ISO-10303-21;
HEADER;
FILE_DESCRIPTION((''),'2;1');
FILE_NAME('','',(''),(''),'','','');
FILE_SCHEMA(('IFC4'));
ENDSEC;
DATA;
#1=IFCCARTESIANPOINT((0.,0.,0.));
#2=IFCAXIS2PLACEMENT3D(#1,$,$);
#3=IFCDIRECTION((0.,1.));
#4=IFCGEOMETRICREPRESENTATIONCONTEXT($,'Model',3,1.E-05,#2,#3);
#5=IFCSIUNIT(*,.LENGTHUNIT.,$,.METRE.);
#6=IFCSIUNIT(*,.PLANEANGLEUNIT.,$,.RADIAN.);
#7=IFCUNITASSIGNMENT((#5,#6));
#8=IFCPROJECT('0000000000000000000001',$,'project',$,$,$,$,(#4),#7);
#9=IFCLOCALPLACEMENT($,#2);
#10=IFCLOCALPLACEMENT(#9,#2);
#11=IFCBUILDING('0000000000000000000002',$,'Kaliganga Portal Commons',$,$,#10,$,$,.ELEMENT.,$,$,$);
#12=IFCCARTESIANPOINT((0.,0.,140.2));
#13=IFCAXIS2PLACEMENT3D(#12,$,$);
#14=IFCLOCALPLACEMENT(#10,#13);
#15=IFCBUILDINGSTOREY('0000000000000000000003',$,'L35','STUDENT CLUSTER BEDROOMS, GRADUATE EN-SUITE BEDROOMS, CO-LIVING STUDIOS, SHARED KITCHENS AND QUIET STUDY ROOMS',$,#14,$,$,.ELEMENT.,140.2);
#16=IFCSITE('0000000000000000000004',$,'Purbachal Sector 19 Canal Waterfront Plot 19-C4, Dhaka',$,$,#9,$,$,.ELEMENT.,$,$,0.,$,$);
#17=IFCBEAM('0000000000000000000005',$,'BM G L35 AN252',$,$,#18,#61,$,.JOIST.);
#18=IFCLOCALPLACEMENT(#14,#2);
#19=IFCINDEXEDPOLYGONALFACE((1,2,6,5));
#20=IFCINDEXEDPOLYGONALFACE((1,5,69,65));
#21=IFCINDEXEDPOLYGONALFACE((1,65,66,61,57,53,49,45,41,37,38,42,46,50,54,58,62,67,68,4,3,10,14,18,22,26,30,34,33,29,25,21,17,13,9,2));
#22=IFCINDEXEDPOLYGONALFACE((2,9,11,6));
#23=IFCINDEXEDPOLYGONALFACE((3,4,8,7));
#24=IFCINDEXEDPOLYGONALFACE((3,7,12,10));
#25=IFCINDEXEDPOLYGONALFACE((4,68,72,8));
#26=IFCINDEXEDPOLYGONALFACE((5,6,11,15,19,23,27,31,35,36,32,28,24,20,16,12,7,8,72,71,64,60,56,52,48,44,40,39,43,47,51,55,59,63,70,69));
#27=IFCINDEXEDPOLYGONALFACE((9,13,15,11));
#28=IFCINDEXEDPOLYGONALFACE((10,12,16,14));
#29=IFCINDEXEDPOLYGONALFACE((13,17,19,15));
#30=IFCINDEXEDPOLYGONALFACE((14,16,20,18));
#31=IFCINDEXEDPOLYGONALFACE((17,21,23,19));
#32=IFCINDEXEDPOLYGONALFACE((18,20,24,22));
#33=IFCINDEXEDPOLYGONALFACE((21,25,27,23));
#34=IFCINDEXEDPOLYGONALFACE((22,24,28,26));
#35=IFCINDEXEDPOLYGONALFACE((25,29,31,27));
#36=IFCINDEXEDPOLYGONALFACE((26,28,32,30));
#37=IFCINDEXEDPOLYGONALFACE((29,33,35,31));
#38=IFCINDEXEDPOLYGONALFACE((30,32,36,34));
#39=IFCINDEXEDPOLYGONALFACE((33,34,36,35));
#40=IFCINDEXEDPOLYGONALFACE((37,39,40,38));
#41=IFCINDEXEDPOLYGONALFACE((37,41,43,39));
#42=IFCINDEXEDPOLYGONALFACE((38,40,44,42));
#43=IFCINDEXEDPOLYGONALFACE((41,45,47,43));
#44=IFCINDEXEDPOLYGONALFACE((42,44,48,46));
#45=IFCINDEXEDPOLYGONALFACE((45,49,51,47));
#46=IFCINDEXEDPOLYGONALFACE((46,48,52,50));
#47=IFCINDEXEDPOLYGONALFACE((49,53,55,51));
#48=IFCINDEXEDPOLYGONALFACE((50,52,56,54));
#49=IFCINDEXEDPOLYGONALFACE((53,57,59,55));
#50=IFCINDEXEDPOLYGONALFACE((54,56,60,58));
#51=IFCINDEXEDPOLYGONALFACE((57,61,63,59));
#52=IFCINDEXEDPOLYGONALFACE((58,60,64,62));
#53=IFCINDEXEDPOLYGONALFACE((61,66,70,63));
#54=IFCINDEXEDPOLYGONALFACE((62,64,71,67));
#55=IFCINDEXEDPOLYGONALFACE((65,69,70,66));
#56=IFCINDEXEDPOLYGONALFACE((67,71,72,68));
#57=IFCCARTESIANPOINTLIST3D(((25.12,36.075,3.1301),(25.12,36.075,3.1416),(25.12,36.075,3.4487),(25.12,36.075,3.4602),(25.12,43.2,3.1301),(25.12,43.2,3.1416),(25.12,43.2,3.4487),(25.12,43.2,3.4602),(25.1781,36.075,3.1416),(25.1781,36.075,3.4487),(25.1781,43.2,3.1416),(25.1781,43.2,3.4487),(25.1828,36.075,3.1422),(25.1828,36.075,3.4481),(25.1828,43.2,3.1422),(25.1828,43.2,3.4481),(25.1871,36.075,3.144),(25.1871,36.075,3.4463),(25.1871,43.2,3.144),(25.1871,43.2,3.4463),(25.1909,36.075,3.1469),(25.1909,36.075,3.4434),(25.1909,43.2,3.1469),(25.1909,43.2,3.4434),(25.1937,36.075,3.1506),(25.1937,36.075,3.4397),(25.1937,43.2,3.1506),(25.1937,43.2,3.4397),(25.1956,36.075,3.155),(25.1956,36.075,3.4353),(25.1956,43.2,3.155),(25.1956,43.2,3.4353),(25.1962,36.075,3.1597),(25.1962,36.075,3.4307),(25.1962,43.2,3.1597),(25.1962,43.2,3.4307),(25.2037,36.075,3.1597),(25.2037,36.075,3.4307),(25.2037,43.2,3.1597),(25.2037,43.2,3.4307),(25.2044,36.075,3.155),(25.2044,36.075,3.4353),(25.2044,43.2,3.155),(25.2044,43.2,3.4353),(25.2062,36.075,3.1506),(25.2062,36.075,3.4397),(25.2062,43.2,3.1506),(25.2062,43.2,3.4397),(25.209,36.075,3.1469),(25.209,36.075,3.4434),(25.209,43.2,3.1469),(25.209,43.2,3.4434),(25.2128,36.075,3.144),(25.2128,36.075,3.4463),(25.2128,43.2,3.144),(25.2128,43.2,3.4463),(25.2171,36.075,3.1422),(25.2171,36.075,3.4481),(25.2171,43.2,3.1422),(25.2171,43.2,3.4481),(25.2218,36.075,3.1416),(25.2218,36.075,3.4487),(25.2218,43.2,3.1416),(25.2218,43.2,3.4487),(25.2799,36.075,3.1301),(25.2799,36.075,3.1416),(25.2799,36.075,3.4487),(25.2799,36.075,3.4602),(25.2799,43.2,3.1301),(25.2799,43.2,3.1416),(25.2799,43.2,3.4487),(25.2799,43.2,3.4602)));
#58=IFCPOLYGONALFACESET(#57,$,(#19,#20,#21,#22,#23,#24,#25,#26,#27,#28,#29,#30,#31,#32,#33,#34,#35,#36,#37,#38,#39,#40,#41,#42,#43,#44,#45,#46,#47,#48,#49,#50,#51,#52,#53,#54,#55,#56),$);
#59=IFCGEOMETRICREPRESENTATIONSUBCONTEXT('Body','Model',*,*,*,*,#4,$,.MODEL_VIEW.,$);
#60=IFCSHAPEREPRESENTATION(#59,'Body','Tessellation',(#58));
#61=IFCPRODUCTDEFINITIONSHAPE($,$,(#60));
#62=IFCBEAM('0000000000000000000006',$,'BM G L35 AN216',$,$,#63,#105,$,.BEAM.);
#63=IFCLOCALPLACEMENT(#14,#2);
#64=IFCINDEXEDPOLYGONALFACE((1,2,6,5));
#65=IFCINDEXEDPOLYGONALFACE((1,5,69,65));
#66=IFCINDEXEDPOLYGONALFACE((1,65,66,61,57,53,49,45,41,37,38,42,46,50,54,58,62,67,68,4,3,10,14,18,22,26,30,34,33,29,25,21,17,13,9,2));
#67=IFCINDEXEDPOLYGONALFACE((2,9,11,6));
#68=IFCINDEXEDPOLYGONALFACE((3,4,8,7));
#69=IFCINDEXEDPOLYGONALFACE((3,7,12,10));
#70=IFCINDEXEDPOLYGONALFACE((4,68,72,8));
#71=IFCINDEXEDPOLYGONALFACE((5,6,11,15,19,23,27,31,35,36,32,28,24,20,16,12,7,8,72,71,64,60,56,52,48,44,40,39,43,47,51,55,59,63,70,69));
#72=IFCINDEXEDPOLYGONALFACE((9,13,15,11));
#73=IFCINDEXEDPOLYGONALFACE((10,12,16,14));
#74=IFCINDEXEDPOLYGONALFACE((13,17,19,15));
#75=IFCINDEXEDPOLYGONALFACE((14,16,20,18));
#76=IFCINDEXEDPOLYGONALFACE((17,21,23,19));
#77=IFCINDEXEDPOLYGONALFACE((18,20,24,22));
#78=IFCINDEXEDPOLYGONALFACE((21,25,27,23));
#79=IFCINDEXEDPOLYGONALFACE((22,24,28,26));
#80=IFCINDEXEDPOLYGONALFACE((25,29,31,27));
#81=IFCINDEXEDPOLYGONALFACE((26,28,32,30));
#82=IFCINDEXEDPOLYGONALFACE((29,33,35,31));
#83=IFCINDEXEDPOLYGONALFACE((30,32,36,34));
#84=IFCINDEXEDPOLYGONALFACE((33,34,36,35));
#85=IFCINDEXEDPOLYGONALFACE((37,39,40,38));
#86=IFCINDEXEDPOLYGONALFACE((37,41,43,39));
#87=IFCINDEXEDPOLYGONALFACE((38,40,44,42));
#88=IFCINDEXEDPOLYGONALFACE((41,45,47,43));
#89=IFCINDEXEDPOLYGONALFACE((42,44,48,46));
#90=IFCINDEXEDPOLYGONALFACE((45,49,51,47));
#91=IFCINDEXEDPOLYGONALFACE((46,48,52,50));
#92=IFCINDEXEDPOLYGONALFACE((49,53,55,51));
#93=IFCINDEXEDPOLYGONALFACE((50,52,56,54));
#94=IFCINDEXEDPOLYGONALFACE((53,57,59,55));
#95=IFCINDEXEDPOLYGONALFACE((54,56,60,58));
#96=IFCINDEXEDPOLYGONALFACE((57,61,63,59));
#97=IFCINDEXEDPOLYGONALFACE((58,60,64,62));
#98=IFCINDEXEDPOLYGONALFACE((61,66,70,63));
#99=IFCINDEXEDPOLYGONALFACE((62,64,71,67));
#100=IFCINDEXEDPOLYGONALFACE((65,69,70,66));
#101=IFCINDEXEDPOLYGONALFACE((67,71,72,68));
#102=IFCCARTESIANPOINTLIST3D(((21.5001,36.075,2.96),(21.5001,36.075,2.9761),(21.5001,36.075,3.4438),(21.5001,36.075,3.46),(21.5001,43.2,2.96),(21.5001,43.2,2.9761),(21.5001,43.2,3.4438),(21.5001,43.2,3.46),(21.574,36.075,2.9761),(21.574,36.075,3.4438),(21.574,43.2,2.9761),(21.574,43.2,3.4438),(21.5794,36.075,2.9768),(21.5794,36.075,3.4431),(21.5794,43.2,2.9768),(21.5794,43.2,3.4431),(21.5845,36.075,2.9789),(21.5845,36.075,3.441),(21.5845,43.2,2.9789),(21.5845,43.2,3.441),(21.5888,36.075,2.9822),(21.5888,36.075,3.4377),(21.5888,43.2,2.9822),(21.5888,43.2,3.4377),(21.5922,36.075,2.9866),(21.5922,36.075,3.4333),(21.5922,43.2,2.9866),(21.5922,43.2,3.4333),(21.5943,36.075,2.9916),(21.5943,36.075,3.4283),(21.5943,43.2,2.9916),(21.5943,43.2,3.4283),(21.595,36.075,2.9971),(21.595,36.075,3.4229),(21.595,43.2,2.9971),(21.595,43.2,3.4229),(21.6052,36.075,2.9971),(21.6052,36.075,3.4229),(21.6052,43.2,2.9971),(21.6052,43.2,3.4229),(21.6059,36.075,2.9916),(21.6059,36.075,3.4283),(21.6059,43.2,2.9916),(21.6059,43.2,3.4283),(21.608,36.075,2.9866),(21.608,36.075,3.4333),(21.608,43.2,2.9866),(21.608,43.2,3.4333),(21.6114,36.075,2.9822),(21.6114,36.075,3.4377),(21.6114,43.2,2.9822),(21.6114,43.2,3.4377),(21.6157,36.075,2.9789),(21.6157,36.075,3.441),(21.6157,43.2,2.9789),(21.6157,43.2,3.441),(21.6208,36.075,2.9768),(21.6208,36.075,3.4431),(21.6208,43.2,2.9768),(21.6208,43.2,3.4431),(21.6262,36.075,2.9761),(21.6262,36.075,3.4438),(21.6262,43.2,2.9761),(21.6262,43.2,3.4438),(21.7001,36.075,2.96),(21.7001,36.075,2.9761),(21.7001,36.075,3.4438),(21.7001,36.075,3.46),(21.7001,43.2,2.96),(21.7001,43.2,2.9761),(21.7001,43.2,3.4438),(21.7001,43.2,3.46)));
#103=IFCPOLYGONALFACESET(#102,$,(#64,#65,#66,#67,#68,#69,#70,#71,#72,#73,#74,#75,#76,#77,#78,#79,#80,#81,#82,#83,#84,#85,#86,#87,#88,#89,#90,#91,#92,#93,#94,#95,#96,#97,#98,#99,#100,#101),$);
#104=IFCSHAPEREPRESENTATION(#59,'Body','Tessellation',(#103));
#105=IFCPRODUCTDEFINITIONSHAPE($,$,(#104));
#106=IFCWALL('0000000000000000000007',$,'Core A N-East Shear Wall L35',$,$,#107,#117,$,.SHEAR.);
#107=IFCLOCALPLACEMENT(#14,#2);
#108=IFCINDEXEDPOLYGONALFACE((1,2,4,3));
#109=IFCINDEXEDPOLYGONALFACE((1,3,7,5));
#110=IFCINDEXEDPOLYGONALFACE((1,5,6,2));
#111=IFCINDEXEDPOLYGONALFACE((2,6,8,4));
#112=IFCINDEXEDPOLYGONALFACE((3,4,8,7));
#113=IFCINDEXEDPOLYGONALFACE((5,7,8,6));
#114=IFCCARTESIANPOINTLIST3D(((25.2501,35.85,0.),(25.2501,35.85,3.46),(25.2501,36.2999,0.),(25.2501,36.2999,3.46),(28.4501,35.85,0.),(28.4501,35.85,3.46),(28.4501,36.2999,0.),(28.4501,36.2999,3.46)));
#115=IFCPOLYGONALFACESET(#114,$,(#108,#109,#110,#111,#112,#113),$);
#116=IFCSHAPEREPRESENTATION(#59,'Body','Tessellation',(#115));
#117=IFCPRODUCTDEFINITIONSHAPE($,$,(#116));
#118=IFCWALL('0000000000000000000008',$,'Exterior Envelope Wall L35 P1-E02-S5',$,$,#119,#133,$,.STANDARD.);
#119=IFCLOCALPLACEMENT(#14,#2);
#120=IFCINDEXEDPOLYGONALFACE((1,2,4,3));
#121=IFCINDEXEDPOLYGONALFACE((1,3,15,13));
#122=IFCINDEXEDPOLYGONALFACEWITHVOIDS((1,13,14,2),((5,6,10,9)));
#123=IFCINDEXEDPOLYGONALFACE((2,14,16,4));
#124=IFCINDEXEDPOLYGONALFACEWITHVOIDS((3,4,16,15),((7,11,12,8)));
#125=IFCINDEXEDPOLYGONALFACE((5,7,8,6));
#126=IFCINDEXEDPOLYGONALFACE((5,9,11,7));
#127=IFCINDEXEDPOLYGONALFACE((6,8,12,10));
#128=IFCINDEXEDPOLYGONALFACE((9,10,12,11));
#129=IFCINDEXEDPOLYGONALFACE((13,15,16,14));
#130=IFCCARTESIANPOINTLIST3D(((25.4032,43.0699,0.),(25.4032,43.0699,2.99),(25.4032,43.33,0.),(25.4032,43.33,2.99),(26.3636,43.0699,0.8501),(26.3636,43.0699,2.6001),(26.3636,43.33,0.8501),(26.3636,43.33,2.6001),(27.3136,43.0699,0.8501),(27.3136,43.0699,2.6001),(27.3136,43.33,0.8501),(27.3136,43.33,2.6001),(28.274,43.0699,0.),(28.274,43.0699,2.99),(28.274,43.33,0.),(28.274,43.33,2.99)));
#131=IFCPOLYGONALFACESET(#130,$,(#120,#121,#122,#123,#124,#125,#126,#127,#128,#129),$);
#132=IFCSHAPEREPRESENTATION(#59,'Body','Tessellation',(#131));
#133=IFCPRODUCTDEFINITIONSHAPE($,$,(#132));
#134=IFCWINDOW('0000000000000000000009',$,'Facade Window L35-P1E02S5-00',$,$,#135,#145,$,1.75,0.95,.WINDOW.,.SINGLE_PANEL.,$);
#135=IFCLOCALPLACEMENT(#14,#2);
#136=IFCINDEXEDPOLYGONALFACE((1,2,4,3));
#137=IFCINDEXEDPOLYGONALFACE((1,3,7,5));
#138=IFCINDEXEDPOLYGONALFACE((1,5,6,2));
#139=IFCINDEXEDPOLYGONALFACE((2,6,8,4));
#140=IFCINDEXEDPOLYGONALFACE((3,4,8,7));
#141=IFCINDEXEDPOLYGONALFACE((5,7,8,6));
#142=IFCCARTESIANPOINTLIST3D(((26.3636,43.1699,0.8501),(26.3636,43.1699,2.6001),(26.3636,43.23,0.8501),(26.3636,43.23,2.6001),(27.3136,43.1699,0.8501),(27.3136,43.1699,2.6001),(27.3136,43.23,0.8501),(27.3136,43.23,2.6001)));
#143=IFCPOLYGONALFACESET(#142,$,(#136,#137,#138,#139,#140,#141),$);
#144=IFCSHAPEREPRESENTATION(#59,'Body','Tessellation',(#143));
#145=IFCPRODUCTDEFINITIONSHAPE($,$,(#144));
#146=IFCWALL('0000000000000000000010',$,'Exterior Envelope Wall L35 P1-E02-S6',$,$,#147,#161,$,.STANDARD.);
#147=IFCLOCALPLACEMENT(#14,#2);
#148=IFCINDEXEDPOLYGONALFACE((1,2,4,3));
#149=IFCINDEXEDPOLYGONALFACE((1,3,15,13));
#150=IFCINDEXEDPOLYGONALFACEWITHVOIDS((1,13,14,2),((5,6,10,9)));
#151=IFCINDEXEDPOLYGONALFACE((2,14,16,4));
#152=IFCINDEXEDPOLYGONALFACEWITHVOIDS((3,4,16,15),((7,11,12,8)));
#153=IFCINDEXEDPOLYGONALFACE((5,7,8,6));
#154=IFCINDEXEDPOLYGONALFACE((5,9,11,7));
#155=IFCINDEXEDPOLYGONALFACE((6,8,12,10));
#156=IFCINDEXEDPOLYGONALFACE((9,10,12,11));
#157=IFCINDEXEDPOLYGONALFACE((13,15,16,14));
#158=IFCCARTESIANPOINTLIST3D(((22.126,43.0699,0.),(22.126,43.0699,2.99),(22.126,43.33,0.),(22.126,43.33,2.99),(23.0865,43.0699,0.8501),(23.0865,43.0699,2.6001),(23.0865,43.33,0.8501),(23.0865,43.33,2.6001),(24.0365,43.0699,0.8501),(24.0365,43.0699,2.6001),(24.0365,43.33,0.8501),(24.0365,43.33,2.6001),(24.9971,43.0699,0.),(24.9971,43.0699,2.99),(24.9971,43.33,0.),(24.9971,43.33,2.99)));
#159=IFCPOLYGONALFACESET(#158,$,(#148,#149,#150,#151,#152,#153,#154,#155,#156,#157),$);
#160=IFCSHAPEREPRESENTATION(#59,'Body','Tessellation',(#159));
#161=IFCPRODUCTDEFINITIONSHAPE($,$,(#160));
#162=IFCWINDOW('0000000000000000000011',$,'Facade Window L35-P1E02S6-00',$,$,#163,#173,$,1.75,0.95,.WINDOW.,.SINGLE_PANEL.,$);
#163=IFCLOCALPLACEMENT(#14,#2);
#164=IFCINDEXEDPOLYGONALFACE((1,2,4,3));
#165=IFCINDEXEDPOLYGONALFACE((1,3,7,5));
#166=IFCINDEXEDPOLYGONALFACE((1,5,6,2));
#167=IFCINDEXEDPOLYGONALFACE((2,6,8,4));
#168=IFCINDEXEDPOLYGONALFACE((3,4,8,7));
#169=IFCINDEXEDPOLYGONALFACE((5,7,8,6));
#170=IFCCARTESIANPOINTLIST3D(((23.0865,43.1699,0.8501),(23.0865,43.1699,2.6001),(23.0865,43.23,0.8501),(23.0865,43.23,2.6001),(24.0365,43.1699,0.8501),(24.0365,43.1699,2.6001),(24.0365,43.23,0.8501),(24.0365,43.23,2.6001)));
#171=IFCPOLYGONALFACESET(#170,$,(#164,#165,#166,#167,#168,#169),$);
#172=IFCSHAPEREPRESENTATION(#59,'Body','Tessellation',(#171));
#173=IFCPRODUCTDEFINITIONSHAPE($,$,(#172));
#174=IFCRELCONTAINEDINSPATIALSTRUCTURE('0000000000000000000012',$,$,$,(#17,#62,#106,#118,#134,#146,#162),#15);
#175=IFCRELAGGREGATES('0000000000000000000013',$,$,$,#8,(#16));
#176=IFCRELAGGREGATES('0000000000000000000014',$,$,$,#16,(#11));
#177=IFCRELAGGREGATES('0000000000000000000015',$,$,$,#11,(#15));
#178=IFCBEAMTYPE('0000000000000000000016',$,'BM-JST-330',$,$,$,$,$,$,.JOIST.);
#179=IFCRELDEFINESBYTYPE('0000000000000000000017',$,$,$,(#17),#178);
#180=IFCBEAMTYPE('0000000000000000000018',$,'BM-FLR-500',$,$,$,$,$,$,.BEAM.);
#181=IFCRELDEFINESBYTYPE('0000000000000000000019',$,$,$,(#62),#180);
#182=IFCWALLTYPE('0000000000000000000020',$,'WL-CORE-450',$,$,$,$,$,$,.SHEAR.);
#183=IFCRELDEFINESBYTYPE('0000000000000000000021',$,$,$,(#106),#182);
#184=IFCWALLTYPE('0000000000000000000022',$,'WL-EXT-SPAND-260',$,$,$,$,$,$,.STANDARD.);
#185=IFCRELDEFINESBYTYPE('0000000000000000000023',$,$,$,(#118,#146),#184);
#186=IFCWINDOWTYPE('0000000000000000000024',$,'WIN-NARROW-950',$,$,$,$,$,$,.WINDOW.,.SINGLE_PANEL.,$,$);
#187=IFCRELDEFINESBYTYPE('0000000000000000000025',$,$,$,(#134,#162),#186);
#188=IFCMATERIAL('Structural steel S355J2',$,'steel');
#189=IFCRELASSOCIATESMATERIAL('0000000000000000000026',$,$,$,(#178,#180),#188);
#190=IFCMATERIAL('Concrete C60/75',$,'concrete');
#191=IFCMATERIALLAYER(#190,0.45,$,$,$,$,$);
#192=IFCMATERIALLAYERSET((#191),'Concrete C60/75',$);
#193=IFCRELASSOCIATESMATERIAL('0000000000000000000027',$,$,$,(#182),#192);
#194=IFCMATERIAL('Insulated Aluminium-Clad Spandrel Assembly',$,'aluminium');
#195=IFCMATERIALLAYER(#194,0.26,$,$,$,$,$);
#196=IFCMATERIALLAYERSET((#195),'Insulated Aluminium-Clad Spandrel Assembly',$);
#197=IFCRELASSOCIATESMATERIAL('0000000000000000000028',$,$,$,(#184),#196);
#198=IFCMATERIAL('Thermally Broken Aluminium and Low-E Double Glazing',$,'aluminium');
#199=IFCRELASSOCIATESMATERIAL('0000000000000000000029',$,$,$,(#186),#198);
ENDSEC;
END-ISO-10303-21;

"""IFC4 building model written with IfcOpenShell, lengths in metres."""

from ifc_helpers import new_model, si_unit, direction, frame, frame_2d, origin, origin_2d, place, context, subcontext, project, spatial, rectangle, i_section, extrude, source, transform, mapped, material, layer, layer_set, material_profile, profile_set, type_object, element, fill, save


model = new_model("IFC4")

# Units and contexts
model_context = context("Model", 3, precision=1e-05, world=origin(), true_north=direction((0.0, 1.0)))
body_context = subcontext(model_context, "Body", "Model", "MODEL_VIEW")
ifc_project = project(units=[si_unit("LENGTHUNIT", "METRE"), si_unit("PLANEANGLEUNIT", "RADIAN")], contexts=[model_context])

# Site, building, storey
site_placement = place(None, origin())
site = spatial("IfcSite", under=ifc_project, at=site_placement, Name="Purbachal Sector 19 Canal Waterfront Plot 19-C4, Dhaka", CompositionType="ELEMENT", RefElevation=0.0)
building_placement = place(site_placement, origin())
building = spatial("IfcBuilding", under=site, at=building_placement, Name="Kaliganga Portal Commons", CompositionType="ELEMENT")
storey_placement = place(building_placement, frame((0.0, 0.0, 140.2)))
storey = spatial("IfcBuildingStorey", under=building, at=storey_placement, Name="L35", Description="STUDENT CLUSTER BEDROOMS, GRADUATE EN-SUITE BEDROOMS, CO-LIVING STUDIOS, SHARED KITCHENS AND QUIET STUDY ROOMS", CompositionType="ELEMENT", Elevation=140.2)

# Shared definitions
ifc_material_1 = material(Name="Concrete C60/75", Category="concrete")

# Beams
ifc_material_2 = material(Name="Structural steel S355J2", Category="steel")
ifc_material_profile_1 = material_profile(ifc_material_2, i_section(OverallWidth=0.1599, OverallDepth=0.3301, WebThickness=0.0076, FlangeThickness=0.0115, FilletRadius=0.0181, at=origin_2d()), Name="IPE 330")
ifc_profile_set_1 = profile_set([ifc_material_profile_1], Name="Structural steel S355J2 wide-flange")
beam_type_1 = type_object("IfcBeamType", Name="BM-JST-330", PredefinedType="JOIST", material=ifc_profile_set_1)
shared_shape_1 = source(origin(), body_context, "Body", "SweptSolid", [
    extrude(i_section(OverallWidth=0.1599, OverallDepth=0.3301, WebThickness=0.0076, FlangeThickness=0.0115, FilletRadius=0.0181, at=origin_2d()), origin(), (0.0, 0.0, 1.0), 7.125),
])
beam_1_placement = place(storey_placement, frame((25.2, 36.075, 3.2952), z_axis=(0.0, 1.0, 0.0), x_axis=(-1.0, 0.0, 0.0)))
element("IfcBeam", 1, at=beam_1_placement, inside=storey, type_object=beam_type_1, Name="BM G L35 AN252", PredefinedType="JOIST", context=body_context, shape_type="MappedRepresentation", body=[
    mapped(shared_shape_1, transform((0.0, 0.0, 0.0), x_axis=(1.0, 0.0, 0.0), y_axis=(0.0, 1.0, 0.0), z_axis=(0.0, 0.0, 1.0), scale=1.0)),
])
ifc_material_profile_2 = material_profile(ifc_material_2, i_section(OverallWidth=0.2, OverallDepth=0.5, WebThickness=0.0103, FlangeThickness=0.0161, FilletRadius=0.021, at=origin_2d()), Name="IPE 500")
ifc_profile_set_2 = profile_set([ifc_material_profile_2], Name="Structural steel S355J2 wide-flange")
beam_type_2 = type_object("IfcBeamType", Name="BM-FLR-500", PredefinedType="BEAM", material=ifc_profile_set_2)
shared_shape_2 = source(origin(), body_context, "Body", "SweptSolid", [
    extrude(i_section(OverallWidth=0.2, OverallDepth=0.5, WebThickness=0.0103, FlangeThickness=0.0161, FilletRadius=0.021, at=origin_2d()), origin(), (0.0, 0.0, 1.0), 7.125),
])
beam_2_placement = place(storey_placement, frame((21.6001, 36.075, 3.21), z_axis=(0.0, 1.0, 0.0), x_axis=(-1.0, 0.0, 0.0)))
element("IfcBeam", 2, at=beam_2_placement, inside=storey, type_object=beam_type_2, Name="BM G L35 AN216", PredefinedType="BEAM", context=body_context, shape_type="MappedRepresentation", body=[
    mapped(shared_shape_2, transform((0.0, 0.0, 0.0), x_axis=(1.0, 0.0, 0.0), y_axis=(0.0, 1.0, 0.0), z_axis=(0.0, 0.0, 1.0), scale=1.0)),
])

# Wall
ifc_layer_1 = layer(ifc_material_1, 0.45)
ifc_layer_set_1 = layer_set([ifc_layer_1], Name="Concrete C60/75")
wall_type_1 = type_object("IfcWallType", Name="WL-CORE-450", PredefinedType="SHEAR", material=ifc_layer_set_1)
wall_1_placement = place(storey_placement, frame((25.25, 36.075, 0.0), z_axis=(0.0, 0.0, 1.0), x_axis=(1.0, 0.0, 0.0)))
element("IfcWall", 3, at=wall_1_placement, inside=storey, type_object=wall_type_1, Name="Core A N-East Shear Wall L35", PredefinedType="SHEAR", context=body_context, shape_type="SweptSolid", body=[
    extrude(rectangle(XDim=3.2, YDim=0.45, at=frame_2d((1.6001, 0.0))), origin(), (0.0, 0.0, 1.0), 3.46),
])

# Walls, openings, windows
ifc_material_3 = material(Name="Insulated Aluminium-Clad Spandrel Assembly", Category="aluminium")
ifc_layer_2 = layer(ifc_material_3, 0.26)
ifc_layer_set_2 = layer_set([ifc_layer_2], Name="Insulated Aluminium-Clad Spandrel Assembly")
wall_type_2 = type_object("IfcWallType", Name="WL-EXT-SPAND-260", PredefinedType="STANDARD", material=ifc_layer_set_2)
wall_2_placement = place(storey_placement, frame((25.4031, 43.2, 0.0), z_axis=(0.0, 0.0, 1.0), x_axis=(1.0, 0.0, 0.0)))
wall_2 = element("IfcWall", 4, at=wall_2_placement, inside=storey, type_object=wall_type_2, Name="Exterior Envelope Wall L35 P1-E02-S5", PredefinedType="STANDARD", context=body_context, shape_type="SweptSolid", body=[
    extrude(rectangle(XDim=2.8708, YDim=0.26, at=frame_2d((1.4355, 0.0))), origin(), (0.0, 0.0, 1.0), 2.99),
])
opening_1_placement = place(wall_2_placement, frame((0.9604, 0.0, 0.8501)))
opening_1 = element("IfcOpeningElement", 5, at=opening_1_placement, cuts=wall_2, PredefinedType="OPENING", context=body_context, shape_type="SweptSolid", body=[
    extrude(rectangle(XDim=0.95, YDim=1.75, at=frame_2d((0.4751, 0.875))), frame((0.0, 0.1401, 0.0), z_axis=(0.0, -1.0, 0.0), x_axis=(1.0, 0.0, 0.0)), (0.0, 0.0, 1.0), 0.28),
])
ifc_material_4 = material(Name="Thermally Broken Aluminium and Low-E Double Glazing", Category="aluminium")
window_type = type_object("IfcWindowType", Name="WIN-NARROW-950", PartitioningType="SINGLE_PANEL", PredefinedType="WINDOW", material=ifc_material_4)
window_1_placement = place(opening_1_placement, origin())
window_1 = element("IfcWindow", 6, at=window_1_placement, inside=storey, type_object=window_type, Name="Facade Window L35-P1E02S5-00", OverallHeight=1.75, OverallWidth=0.95, PartitioningType="SINGLE_PANEL", PredefinedType="WINDOW", context=body_context, shape_type="SweptSolid", body=[
    extrude(rectangle(XDim=0.95, YDim=1.75, at=frame_2d((0.4751, 0.875))), frame((0.0, 0.03, 0.0), z_axis=(0.0, -1.0, 0.0), x_axis=(1.0, 0.0, 0.0)), (0.0, 0.0, 1.0), 0.0601),
])
fill(opening_1, window_1)
wall_3_placement = place(storey_placement, frame((22.126, 43.2, 0.0), z_axis=(0.0, 0.0, 1.0), x_axis=(1.0, 0.0, 0.0)))
wall_3 = element("IfcWall", 7, at=wall_3_placement, inside=storey, type_object=wall_type_2, Name="Exterior Envelope Wall L35 P1-E02-S6", PredefinedType="STANDARD", context=body_context, shape_type="SweptSolid", body=[
    extrude(rectangle(XDim=2.8711, YDim=0.26, at=frame_2d((1.4355, 0.0))), origin(), (0.0, 0.0, 1.0), 2.99),
])
opening_2_placement = place(wall_3_placement, frame((0.9604, 0.0, 0.8501)))
opening_2 = element("IfcOpeningElement", 8, at=opening_2_placement, cuts=wall_3, PredefinedType="OPENING", context=body_context, shape_type="SweptSolid", body=[
    extrude(rectangle(XDim=0.95, YDim=1.75, at=frame_2d((0.4751, 0.875))), frame((0.0, 0.1401, 0.0), z_axis=(0.0, -1.0, 0.0), x_axis=(1.0, 0.0, 0.0)), (0.0, 0.0, 1.0), 0.28),
])
window_2_placement = place(opening_2_placement, origin())
window_2 = element("IfcWindow", 9, at=window_2_placement, inside=storey, type_object=window_type, Name="Facade Window L35-P1E02S6-00", OverallHeight=1.75, OverallWidth=0.95, PartitioningType="SINGLE_PANEL", PredefinedType="WINDOW", context=body_context, shape_type="SweptSolid", body=[
    extrude(rectangle(XDim=0.95, YDim=1.75, at=frame_2d((0.4751, 0.875))), frame((0.0, 0.03, 0.0), z_axis=(0.0, -1.0, 0.0), x_axis=(1.0, 0.0, 0.0)), (0.0, 0.0, 1.0), 0.0601),
])
fill(opening_2, window_2)

save(model, "model.ifc")
